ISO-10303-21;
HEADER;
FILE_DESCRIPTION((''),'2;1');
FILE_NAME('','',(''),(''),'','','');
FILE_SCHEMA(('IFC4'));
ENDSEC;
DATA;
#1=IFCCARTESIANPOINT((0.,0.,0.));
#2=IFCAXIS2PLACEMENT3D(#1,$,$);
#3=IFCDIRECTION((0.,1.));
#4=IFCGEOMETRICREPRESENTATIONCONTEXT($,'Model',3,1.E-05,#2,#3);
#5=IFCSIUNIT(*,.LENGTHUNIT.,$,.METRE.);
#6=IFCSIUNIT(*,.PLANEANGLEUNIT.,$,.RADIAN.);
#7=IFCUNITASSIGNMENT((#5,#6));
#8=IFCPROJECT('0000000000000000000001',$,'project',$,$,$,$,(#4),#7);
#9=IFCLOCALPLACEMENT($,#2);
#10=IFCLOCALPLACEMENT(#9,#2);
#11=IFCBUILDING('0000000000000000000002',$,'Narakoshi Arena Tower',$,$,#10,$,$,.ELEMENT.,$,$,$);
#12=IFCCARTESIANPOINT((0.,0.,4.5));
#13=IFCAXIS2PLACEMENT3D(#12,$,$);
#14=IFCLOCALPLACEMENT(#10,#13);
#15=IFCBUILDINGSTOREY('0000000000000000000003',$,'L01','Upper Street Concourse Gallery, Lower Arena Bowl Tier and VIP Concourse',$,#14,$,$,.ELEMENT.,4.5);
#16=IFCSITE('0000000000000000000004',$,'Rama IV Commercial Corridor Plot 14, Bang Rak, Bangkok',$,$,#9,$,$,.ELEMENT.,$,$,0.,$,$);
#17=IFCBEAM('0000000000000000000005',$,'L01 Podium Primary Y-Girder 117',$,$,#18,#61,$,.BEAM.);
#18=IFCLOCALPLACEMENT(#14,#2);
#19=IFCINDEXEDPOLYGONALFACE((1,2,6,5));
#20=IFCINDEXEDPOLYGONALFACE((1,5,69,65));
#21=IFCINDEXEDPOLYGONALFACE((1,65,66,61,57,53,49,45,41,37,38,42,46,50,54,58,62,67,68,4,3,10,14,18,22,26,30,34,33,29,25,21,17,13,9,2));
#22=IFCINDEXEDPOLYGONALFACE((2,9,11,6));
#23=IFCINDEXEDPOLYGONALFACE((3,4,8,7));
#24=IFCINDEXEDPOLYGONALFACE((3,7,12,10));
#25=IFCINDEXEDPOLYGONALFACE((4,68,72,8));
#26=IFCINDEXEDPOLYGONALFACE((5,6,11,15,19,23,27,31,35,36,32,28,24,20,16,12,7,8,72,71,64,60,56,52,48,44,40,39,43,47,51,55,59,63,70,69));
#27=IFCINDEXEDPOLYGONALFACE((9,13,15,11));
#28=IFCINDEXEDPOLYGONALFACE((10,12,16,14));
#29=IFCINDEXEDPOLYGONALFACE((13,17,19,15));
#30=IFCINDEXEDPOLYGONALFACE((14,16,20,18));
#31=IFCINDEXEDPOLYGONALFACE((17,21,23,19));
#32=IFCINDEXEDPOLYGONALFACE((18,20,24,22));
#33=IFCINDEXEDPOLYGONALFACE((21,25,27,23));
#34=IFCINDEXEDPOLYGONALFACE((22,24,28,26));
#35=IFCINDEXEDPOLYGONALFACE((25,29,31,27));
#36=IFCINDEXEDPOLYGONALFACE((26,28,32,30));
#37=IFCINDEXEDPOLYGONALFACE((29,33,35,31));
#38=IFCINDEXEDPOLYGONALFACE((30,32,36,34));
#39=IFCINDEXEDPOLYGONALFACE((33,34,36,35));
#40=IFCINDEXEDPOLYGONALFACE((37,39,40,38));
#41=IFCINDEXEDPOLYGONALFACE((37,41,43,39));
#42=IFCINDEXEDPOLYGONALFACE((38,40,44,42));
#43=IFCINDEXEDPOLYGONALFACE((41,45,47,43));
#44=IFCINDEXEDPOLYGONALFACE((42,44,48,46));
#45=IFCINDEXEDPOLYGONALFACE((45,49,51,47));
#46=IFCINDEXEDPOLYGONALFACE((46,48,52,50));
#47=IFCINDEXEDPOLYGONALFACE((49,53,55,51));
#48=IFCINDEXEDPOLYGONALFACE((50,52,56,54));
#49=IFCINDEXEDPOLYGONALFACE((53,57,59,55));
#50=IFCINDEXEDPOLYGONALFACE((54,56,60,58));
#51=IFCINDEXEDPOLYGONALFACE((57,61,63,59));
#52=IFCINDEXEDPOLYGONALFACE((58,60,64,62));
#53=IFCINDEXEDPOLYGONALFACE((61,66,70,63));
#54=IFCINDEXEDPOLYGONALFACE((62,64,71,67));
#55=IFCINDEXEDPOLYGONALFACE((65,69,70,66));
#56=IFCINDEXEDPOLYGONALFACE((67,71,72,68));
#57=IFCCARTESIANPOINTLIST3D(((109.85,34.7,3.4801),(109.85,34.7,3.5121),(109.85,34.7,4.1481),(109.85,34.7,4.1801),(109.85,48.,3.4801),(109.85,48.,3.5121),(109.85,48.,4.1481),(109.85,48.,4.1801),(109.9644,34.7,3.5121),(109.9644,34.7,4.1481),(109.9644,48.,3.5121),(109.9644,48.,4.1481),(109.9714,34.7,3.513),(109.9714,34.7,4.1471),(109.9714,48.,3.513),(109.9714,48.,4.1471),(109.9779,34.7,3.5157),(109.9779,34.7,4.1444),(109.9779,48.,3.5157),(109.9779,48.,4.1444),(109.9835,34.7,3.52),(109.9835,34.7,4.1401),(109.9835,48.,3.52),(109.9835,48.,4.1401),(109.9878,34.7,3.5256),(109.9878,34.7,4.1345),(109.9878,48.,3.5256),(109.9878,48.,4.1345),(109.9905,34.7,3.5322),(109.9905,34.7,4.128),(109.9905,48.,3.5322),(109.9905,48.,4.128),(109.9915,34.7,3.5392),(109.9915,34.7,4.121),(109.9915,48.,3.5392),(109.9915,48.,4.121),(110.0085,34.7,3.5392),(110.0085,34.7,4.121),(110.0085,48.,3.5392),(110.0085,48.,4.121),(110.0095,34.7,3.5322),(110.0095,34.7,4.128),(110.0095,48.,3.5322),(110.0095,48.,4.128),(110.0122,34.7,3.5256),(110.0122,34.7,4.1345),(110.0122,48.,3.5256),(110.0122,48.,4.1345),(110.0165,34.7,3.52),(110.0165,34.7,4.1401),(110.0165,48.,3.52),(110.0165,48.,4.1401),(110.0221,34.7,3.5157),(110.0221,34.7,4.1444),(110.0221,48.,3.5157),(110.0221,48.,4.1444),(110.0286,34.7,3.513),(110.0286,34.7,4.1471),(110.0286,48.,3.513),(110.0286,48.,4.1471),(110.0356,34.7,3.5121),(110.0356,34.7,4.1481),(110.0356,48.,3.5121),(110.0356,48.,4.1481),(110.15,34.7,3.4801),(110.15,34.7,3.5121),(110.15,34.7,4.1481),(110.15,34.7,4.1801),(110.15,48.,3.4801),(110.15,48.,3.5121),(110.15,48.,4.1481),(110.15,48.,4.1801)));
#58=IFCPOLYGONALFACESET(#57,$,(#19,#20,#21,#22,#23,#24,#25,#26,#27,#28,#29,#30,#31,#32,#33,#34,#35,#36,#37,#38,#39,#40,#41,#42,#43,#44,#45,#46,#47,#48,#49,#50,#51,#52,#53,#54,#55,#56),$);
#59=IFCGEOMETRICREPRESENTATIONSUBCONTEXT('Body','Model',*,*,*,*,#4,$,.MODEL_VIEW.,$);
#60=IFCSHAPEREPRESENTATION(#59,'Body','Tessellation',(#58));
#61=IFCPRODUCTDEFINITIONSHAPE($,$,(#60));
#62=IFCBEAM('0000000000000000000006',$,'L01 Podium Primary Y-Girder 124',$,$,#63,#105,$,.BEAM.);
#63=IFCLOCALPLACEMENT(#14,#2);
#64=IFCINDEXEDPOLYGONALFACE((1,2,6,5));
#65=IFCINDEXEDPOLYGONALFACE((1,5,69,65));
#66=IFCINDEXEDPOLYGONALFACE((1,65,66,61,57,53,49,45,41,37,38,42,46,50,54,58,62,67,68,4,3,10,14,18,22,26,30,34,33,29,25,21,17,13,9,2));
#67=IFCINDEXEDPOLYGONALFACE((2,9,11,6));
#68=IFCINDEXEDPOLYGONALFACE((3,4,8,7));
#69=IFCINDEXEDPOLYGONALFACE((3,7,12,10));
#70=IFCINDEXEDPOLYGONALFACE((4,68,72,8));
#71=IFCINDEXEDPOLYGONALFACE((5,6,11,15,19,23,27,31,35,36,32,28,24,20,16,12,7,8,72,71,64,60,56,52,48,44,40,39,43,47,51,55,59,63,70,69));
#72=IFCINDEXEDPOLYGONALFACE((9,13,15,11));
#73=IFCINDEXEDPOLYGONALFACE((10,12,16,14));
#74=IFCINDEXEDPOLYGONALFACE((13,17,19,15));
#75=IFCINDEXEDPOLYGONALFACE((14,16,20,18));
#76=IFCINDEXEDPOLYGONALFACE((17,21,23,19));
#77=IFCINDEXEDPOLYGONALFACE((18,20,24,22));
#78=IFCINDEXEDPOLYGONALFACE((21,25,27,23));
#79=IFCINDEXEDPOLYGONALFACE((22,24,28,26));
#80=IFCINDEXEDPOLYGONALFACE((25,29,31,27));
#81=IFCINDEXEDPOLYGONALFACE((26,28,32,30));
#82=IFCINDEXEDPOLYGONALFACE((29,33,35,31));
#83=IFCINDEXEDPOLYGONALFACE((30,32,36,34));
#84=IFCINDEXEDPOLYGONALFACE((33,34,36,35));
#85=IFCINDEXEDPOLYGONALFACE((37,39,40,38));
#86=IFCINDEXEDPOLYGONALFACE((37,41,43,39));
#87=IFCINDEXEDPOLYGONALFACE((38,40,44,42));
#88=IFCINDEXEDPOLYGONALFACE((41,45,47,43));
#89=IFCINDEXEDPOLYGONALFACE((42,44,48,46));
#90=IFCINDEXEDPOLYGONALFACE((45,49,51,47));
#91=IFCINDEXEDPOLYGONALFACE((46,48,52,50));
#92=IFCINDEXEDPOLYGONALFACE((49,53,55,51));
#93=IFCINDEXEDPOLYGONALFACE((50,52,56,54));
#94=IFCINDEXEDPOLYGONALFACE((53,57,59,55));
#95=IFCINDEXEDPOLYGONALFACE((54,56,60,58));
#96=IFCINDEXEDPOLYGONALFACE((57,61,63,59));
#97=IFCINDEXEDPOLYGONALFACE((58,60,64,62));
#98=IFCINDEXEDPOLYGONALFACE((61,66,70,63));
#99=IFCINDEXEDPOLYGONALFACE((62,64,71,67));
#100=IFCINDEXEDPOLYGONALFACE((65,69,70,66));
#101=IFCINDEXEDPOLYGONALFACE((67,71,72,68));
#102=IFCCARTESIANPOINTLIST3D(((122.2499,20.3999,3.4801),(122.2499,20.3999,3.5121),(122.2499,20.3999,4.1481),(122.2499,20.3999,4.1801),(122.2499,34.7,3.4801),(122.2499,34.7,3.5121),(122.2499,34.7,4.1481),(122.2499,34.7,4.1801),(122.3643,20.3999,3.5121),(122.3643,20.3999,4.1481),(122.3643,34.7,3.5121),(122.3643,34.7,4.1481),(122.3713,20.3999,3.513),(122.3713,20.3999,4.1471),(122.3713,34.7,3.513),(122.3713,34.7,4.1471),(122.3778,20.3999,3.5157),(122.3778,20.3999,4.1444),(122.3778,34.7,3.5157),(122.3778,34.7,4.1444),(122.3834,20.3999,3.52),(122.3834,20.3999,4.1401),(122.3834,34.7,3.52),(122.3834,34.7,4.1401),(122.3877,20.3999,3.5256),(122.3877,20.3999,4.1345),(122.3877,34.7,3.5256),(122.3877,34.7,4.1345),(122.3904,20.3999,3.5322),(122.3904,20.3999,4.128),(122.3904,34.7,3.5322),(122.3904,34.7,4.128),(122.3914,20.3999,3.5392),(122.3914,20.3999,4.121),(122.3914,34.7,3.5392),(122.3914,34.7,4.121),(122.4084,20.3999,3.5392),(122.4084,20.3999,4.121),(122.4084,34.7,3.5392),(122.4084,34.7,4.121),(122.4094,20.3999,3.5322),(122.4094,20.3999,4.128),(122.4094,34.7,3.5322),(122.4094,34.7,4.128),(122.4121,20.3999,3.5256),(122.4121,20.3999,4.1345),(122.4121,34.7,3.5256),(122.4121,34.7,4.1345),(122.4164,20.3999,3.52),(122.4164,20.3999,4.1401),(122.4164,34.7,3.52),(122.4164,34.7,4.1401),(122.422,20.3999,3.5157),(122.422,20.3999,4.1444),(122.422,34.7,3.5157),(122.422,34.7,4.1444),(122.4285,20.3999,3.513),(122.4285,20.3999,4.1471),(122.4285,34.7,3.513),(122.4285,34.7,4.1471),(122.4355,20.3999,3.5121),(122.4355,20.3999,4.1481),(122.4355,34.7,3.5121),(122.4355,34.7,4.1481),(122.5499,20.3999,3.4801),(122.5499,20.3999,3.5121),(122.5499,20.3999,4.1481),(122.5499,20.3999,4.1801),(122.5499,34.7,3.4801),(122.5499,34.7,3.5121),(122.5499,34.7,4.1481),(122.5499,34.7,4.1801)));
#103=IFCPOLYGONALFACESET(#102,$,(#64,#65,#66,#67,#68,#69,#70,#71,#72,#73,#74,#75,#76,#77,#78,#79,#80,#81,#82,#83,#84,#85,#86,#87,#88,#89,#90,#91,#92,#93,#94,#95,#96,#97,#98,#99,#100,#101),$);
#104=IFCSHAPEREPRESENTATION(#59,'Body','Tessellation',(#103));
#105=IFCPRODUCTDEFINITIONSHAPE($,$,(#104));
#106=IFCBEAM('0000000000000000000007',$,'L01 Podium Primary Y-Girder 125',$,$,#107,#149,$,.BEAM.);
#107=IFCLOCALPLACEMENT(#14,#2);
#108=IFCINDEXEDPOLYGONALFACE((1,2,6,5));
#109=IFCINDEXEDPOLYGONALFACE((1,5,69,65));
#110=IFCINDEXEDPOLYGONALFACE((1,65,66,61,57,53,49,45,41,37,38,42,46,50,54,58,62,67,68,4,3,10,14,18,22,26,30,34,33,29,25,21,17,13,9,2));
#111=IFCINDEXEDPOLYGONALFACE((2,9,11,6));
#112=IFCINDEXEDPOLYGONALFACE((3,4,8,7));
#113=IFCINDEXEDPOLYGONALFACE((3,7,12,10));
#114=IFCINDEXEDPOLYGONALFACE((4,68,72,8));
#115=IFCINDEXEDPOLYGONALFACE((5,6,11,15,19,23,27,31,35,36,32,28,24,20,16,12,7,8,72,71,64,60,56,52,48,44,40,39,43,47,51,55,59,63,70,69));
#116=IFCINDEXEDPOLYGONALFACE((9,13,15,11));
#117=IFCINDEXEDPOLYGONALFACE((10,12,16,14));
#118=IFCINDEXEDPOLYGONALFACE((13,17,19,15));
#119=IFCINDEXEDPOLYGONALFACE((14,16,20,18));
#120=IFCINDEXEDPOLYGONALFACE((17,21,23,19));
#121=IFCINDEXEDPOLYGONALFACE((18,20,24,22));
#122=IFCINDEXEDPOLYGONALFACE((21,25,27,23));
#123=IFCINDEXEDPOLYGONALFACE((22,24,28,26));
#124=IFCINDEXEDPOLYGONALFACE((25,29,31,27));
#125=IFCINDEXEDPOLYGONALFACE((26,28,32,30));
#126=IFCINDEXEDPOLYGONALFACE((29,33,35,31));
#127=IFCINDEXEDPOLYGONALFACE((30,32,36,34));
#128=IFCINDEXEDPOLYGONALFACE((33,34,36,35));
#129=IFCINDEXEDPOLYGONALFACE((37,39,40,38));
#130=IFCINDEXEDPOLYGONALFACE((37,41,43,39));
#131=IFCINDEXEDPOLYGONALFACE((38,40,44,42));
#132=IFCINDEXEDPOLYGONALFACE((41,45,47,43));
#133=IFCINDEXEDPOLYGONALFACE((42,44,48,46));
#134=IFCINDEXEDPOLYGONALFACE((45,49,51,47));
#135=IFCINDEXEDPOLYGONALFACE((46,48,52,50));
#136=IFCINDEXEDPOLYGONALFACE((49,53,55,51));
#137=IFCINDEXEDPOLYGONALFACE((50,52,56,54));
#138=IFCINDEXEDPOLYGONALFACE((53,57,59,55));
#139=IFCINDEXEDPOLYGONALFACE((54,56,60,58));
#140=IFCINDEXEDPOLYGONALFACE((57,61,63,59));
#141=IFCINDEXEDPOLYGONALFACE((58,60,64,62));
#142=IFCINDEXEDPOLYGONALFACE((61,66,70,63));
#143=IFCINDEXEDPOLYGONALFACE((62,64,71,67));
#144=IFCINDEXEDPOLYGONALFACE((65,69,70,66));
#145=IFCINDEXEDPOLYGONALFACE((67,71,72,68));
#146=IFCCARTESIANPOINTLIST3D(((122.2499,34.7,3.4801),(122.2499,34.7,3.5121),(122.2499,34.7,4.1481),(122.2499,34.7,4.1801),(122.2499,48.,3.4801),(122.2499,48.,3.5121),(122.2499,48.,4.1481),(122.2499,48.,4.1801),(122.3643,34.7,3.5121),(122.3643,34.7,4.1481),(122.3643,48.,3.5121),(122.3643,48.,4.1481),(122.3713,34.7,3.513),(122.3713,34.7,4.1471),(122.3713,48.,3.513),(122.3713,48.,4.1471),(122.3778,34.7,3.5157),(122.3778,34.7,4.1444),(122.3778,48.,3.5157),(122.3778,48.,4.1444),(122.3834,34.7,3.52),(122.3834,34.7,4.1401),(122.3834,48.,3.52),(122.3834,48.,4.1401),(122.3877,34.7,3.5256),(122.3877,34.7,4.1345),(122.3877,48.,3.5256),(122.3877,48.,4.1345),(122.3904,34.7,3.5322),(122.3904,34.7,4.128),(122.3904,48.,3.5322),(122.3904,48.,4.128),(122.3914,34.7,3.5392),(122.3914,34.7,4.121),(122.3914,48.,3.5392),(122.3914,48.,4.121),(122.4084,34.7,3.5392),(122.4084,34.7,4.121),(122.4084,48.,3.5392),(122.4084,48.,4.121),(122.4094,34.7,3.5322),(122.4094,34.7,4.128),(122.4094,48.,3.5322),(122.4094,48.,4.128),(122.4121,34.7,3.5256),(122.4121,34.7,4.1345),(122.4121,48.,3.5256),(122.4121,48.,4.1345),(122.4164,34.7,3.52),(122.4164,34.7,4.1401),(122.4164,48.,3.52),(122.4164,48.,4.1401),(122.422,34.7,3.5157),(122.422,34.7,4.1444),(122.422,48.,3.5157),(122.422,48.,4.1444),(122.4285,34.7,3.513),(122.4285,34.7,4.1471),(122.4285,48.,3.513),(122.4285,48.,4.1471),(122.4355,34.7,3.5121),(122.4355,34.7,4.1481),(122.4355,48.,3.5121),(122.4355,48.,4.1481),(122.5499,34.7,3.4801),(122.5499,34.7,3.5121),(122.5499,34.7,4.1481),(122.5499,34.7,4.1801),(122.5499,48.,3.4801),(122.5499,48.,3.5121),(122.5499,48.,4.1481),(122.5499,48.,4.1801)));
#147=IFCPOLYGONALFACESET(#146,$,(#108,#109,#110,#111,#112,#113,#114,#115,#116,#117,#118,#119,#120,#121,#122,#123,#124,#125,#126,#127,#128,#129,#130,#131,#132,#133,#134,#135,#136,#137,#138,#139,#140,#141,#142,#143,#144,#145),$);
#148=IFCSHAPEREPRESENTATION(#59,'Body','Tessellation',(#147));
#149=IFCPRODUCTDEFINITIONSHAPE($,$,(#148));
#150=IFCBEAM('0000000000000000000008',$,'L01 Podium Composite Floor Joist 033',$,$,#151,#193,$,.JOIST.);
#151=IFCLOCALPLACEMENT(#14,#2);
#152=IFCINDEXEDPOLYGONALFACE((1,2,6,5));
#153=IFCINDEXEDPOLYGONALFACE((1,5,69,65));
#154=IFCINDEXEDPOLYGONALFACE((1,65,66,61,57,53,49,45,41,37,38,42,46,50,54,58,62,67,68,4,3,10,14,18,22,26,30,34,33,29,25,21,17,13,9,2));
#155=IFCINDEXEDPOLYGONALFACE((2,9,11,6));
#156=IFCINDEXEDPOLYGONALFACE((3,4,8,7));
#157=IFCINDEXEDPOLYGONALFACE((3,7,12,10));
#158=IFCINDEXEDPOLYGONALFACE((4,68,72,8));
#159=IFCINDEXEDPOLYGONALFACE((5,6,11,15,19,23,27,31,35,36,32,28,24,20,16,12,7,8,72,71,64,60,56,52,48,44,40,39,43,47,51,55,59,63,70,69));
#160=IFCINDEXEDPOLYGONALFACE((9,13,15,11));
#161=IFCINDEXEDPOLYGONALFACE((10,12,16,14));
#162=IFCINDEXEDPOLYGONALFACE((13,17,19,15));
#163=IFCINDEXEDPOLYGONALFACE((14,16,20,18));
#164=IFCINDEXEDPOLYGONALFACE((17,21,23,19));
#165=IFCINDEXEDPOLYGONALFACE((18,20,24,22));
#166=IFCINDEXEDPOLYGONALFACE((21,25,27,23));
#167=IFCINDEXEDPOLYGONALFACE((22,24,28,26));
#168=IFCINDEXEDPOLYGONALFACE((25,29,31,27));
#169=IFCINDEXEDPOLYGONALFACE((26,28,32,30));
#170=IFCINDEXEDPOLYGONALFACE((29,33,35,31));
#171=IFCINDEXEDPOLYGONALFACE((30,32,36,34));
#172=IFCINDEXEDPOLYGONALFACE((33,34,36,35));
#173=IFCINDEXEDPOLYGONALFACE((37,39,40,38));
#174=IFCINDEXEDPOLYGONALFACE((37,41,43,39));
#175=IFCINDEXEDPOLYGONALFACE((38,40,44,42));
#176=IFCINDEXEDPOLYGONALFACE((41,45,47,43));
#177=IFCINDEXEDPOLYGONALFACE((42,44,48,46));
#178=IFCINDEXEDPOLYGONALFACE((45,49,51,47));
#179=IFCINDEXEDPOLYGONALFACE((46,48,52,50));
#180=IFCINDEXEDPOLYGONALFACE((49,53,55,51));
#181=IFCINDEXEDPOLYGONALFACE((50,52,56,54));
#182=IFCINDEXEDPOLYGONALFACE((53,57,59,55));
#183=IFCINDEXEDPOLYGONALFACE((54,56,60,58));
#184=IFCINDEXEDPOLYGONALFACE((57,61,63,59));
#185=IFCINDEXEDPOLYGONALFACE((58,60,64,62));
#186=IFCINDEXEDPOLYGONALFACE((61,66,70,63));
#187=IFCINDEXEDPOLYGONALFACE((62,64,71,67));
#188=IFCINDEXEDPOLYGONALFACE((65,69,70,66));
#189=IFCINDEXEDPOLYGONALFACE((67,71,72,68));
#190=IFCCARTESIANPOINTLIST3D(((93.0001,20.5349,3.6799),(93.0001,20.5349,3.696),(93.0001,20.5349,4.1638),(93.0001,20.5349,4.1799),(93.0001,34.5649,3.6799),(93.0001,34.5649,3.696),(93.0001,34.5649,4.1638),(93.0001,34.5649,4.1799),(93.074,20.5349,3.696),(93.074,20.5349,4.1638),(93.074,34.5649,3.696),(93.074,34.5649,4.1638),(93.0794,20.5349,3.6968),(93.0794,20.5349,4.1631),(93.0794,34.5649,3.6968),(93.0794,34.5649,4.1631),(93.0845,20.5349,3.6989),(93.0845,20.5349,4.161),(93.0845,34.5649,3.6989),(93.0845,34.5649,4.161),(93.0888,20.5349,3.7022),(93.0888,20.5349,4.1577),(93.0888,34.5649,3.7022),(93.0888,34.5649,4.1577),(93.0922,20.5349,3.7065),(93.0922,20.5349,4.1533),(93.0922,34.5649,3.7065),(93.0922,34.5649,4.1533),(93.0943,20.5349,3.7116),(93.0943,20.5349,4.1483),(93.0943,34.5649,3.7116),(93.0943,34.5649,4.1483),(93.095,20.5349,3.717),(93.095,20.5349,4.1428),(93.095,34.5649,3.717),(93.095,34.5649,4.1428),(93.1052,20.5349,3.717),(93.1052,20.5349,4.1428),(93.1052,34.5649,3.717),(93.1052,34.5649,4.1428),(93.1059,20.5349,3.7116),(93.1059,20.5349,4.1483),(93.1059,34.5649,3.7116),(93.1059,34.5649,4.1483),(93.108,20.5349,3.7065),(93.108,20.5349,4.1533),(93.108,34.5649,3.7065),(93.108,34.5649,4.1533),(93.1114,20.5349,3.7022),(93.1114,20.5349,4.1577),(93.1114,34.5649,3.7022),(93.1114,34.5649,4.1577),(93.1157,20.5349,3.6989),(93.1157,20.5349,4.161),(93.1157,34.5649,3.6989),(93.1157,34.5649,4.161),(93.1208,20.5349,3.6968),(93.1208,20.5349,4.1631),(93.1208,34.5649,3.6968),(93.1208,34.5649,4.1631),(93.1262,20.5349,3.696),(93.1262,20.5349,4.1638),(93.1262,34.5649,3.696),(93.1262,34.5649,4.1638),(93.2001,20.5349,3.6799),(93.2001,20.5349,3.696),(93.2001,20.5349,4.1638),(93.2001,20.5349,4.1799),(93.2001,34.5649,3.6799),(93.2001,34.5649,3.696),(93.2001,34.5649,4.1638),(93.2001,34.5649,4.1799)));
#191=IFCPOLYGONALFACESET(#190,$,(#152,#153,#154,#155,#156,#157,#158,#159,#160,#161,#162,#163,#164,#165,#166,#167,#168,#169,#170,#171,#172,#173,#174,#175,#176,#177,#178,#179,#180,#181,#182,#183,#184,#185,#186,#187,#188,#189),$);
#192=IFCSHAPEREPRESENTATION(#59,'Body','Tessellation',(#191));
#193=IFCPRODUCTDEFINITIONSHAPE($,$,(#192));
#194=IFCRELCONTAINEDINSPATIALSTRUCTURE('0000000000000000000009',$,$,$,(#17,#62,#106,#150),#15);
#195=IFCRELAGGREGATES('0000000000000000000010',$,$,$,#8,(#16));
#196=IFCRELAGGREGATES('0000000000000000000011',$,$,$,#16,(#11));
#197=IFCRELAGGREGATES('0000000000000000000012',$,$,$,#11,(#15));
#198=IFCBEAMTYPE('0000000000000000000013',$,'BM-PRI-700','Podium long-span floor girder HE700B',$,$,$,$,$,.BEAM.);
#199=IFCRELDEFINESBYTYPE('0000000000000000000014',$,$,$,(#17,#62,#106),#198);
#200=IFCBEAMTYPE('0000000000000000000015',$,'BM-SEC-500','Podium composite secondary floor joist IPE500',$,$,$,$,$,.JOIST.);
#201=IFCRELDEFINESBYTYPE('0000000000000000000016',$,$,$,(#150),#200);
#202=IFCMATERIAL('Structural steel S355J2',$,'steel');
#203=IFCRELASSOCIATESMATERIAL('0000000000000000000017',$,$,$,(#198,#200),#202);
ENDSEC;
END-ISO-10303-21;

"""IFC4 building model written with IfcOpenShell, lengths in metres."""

from ifc_helpers import new_model, si_unit, direction, frame, origin, origin_2d, place, context, subcontext, project, spatial, i_section, extrude, material, material_profile, profile_set, type_object, element, save


model = new_model("IFC4")

# Units and contexts
model_context = context("Model", 3, precision=1e-05, world=origin(), true_north=direction((0.0, 1.0)))
body_context = subcontext(model_context, "Body", "Model", "MODEL_VIEW")
ifc_project = project(units=[si_unit("LENGTHUNIT", "METRE"), si_unit("PLANEANGLEUNIT", "RADIAN")], contexts=[model_context])

# Site, building, storey
site_placement = place(None, origin())
site = spatial("IfcSite", under=ifc_project, at=site_placement, Name="Rama IV Commercial Corridor Plot 14, Bang Rak, Bangkok", CompositionType="ELEMENT", RefElevation=0.0)
building_placement = place(site_placement, origin())
building = spatial("IfcBuilding", under=site, at=building_placement, Name="Narakoshi Arena Tower", CompositionType="ELEMENT")
storey_placement = place(building_placement, frame((0.0, 0.0, 4.5)))
storey = spatial("IfcBuildingStorey", under=building, at=storey_placement, Name="L01", Description="Upper Street Concourse Gallery, Lower Arena Bowl Tier and VIP Concourse", CompositionType="ELEMENT", Elevation=4.5)

# Beams
ifc_material_1 = material(Name="Structural steel S355J2", Category="steel")
ifc_material_profile_1 = material_profile(ifc_material_1, i_section(OverallWidth=0.3, OverallDepth=0.7, WebThickness=0.0171, FlangeThickness=0.032, FilletRadius=0.0271, at=origin_2d()), Name="HE700B")
ifc_profile_set_1 = profile_set([ifc_material_profile_1], Name="Structural steel S355J2")
beam_type_1 = type_object("IfcBeamType", Name="BM-PRI-700", Description="Podium long-span floor girder HE700B", PredefinedType="BEAM", material=ifc_profile_set_1)
beam_1_placement = place(storey_placement, frame((110.0, 34.7, 3.8301), z_axis=(0.0, 1.0, 0.0), x_axis=(-1.0, 0.0, 0.0)))
element("IfcBeam", 1, at=beam_1_placement, inside=storey, type_object=beam_type_1, Name="L01 Podium Primary Y-Girder 117", PredefinedType="BEAM", context=body_context, shape_type="SweptSolid", body=[
    extrude(i_section(OverallWidth=0.3, OverallDepth=0.7, WebThickness=0.0171, FlangeThickness=0.032, FilletRadius=0.0271, at=origin_2d()), origin(), (0.0, 0.0, 1.0), 13.3),
])
beam_2_placement = place(storey_placement, frame((122.3999, 20.3999, 3.8301), z_axis=(0.0, 1.0, 0.0), x_axis=(-1.0, 0.0, 0.0)))
element("IfcBeam", 2, at=beam_2_placement, inside=storey, type_object=beam_type_1, Name="L01 Podium Primary Y-Girder 124", PredefinedType="BEAM", context=body_context, shape_type="SweptSolid", body=[
    extrude(i_section(OverallWidth=0.3, OverallDepth=0.7, WebThickness=0.0171, FlangeThickness=0.032, FilletRadius=0.0271, at=origin_2d()), origin(), (0.0, 0.0, 1.0), 14.3),
])
beam_3_placement = place(storey_placement, frame((122.3999, 34.7, 3.8301), z_axis=(0.0, 1.0, 0.0), x_axis=(-1.0, 0.0, 0.0)))
element("IfcBeam", 3, at=beam_3_placement, inside=storey, type_object=beam_type_1, Name="L01 Podium Primary Y-Girder 125", PredefinedType="BEAM", context=body_context, shape_type="SweptSolid", body=[
    extrude(i_section(OverallWidth=0.3, OverallDepth=0.7, WebThickness=0.0171, FlangeThickness=0.032, FilletRadius=0.0271, at=origin_2d()), origin(), (0.0, 0.0, 1.0), 13.3),
])
ifc_material_profile_2 = material_profile(ifc_material_1, i_section(OverallWidth=0.2, OverallDepth=0.5, WebThickness=0.0103, FlangeThickness=0.0161, FilletRadius=0.021, at=origin_2d()), Name="IPE500")
ifc_profile_set_2 = profile_set([ifc_material_profile_2], Name="Structural steel S355J2")
beam_type_2 = type_object("IfcBeamType", Name="BM-SEC-500", Description="Podium composite secondary floor joist IPE500", PredefinedType="JOIST", material=ifc_profile_set_2)
beam_4_placement = place(storey_placement, frame((93.1001, 20.5349, 3.9299), z_axis=(0.0, 1.0, 0.0), x_axis=(-1.0, 0.0, 0.0)))
element("IfcBeam", 4, at=beam_4_placement, inside=storey, type_object=beam_type_2, Name="L01 Podium Composite Floor Joist 033", PredefinedType="JOIST", context=body_context, shape_type="SweptSolid", body=[
    extrude(i_section(OverallWidth=0.2, OverallDepth=0.5, WebThickness=0.0103, FlangeThickness=0.0161, FilletRadius=0.021, at=origin_2d()), origin(), (0.0, 0.0, 1.0), 14.03),
])

save(model, "model.ifc")
